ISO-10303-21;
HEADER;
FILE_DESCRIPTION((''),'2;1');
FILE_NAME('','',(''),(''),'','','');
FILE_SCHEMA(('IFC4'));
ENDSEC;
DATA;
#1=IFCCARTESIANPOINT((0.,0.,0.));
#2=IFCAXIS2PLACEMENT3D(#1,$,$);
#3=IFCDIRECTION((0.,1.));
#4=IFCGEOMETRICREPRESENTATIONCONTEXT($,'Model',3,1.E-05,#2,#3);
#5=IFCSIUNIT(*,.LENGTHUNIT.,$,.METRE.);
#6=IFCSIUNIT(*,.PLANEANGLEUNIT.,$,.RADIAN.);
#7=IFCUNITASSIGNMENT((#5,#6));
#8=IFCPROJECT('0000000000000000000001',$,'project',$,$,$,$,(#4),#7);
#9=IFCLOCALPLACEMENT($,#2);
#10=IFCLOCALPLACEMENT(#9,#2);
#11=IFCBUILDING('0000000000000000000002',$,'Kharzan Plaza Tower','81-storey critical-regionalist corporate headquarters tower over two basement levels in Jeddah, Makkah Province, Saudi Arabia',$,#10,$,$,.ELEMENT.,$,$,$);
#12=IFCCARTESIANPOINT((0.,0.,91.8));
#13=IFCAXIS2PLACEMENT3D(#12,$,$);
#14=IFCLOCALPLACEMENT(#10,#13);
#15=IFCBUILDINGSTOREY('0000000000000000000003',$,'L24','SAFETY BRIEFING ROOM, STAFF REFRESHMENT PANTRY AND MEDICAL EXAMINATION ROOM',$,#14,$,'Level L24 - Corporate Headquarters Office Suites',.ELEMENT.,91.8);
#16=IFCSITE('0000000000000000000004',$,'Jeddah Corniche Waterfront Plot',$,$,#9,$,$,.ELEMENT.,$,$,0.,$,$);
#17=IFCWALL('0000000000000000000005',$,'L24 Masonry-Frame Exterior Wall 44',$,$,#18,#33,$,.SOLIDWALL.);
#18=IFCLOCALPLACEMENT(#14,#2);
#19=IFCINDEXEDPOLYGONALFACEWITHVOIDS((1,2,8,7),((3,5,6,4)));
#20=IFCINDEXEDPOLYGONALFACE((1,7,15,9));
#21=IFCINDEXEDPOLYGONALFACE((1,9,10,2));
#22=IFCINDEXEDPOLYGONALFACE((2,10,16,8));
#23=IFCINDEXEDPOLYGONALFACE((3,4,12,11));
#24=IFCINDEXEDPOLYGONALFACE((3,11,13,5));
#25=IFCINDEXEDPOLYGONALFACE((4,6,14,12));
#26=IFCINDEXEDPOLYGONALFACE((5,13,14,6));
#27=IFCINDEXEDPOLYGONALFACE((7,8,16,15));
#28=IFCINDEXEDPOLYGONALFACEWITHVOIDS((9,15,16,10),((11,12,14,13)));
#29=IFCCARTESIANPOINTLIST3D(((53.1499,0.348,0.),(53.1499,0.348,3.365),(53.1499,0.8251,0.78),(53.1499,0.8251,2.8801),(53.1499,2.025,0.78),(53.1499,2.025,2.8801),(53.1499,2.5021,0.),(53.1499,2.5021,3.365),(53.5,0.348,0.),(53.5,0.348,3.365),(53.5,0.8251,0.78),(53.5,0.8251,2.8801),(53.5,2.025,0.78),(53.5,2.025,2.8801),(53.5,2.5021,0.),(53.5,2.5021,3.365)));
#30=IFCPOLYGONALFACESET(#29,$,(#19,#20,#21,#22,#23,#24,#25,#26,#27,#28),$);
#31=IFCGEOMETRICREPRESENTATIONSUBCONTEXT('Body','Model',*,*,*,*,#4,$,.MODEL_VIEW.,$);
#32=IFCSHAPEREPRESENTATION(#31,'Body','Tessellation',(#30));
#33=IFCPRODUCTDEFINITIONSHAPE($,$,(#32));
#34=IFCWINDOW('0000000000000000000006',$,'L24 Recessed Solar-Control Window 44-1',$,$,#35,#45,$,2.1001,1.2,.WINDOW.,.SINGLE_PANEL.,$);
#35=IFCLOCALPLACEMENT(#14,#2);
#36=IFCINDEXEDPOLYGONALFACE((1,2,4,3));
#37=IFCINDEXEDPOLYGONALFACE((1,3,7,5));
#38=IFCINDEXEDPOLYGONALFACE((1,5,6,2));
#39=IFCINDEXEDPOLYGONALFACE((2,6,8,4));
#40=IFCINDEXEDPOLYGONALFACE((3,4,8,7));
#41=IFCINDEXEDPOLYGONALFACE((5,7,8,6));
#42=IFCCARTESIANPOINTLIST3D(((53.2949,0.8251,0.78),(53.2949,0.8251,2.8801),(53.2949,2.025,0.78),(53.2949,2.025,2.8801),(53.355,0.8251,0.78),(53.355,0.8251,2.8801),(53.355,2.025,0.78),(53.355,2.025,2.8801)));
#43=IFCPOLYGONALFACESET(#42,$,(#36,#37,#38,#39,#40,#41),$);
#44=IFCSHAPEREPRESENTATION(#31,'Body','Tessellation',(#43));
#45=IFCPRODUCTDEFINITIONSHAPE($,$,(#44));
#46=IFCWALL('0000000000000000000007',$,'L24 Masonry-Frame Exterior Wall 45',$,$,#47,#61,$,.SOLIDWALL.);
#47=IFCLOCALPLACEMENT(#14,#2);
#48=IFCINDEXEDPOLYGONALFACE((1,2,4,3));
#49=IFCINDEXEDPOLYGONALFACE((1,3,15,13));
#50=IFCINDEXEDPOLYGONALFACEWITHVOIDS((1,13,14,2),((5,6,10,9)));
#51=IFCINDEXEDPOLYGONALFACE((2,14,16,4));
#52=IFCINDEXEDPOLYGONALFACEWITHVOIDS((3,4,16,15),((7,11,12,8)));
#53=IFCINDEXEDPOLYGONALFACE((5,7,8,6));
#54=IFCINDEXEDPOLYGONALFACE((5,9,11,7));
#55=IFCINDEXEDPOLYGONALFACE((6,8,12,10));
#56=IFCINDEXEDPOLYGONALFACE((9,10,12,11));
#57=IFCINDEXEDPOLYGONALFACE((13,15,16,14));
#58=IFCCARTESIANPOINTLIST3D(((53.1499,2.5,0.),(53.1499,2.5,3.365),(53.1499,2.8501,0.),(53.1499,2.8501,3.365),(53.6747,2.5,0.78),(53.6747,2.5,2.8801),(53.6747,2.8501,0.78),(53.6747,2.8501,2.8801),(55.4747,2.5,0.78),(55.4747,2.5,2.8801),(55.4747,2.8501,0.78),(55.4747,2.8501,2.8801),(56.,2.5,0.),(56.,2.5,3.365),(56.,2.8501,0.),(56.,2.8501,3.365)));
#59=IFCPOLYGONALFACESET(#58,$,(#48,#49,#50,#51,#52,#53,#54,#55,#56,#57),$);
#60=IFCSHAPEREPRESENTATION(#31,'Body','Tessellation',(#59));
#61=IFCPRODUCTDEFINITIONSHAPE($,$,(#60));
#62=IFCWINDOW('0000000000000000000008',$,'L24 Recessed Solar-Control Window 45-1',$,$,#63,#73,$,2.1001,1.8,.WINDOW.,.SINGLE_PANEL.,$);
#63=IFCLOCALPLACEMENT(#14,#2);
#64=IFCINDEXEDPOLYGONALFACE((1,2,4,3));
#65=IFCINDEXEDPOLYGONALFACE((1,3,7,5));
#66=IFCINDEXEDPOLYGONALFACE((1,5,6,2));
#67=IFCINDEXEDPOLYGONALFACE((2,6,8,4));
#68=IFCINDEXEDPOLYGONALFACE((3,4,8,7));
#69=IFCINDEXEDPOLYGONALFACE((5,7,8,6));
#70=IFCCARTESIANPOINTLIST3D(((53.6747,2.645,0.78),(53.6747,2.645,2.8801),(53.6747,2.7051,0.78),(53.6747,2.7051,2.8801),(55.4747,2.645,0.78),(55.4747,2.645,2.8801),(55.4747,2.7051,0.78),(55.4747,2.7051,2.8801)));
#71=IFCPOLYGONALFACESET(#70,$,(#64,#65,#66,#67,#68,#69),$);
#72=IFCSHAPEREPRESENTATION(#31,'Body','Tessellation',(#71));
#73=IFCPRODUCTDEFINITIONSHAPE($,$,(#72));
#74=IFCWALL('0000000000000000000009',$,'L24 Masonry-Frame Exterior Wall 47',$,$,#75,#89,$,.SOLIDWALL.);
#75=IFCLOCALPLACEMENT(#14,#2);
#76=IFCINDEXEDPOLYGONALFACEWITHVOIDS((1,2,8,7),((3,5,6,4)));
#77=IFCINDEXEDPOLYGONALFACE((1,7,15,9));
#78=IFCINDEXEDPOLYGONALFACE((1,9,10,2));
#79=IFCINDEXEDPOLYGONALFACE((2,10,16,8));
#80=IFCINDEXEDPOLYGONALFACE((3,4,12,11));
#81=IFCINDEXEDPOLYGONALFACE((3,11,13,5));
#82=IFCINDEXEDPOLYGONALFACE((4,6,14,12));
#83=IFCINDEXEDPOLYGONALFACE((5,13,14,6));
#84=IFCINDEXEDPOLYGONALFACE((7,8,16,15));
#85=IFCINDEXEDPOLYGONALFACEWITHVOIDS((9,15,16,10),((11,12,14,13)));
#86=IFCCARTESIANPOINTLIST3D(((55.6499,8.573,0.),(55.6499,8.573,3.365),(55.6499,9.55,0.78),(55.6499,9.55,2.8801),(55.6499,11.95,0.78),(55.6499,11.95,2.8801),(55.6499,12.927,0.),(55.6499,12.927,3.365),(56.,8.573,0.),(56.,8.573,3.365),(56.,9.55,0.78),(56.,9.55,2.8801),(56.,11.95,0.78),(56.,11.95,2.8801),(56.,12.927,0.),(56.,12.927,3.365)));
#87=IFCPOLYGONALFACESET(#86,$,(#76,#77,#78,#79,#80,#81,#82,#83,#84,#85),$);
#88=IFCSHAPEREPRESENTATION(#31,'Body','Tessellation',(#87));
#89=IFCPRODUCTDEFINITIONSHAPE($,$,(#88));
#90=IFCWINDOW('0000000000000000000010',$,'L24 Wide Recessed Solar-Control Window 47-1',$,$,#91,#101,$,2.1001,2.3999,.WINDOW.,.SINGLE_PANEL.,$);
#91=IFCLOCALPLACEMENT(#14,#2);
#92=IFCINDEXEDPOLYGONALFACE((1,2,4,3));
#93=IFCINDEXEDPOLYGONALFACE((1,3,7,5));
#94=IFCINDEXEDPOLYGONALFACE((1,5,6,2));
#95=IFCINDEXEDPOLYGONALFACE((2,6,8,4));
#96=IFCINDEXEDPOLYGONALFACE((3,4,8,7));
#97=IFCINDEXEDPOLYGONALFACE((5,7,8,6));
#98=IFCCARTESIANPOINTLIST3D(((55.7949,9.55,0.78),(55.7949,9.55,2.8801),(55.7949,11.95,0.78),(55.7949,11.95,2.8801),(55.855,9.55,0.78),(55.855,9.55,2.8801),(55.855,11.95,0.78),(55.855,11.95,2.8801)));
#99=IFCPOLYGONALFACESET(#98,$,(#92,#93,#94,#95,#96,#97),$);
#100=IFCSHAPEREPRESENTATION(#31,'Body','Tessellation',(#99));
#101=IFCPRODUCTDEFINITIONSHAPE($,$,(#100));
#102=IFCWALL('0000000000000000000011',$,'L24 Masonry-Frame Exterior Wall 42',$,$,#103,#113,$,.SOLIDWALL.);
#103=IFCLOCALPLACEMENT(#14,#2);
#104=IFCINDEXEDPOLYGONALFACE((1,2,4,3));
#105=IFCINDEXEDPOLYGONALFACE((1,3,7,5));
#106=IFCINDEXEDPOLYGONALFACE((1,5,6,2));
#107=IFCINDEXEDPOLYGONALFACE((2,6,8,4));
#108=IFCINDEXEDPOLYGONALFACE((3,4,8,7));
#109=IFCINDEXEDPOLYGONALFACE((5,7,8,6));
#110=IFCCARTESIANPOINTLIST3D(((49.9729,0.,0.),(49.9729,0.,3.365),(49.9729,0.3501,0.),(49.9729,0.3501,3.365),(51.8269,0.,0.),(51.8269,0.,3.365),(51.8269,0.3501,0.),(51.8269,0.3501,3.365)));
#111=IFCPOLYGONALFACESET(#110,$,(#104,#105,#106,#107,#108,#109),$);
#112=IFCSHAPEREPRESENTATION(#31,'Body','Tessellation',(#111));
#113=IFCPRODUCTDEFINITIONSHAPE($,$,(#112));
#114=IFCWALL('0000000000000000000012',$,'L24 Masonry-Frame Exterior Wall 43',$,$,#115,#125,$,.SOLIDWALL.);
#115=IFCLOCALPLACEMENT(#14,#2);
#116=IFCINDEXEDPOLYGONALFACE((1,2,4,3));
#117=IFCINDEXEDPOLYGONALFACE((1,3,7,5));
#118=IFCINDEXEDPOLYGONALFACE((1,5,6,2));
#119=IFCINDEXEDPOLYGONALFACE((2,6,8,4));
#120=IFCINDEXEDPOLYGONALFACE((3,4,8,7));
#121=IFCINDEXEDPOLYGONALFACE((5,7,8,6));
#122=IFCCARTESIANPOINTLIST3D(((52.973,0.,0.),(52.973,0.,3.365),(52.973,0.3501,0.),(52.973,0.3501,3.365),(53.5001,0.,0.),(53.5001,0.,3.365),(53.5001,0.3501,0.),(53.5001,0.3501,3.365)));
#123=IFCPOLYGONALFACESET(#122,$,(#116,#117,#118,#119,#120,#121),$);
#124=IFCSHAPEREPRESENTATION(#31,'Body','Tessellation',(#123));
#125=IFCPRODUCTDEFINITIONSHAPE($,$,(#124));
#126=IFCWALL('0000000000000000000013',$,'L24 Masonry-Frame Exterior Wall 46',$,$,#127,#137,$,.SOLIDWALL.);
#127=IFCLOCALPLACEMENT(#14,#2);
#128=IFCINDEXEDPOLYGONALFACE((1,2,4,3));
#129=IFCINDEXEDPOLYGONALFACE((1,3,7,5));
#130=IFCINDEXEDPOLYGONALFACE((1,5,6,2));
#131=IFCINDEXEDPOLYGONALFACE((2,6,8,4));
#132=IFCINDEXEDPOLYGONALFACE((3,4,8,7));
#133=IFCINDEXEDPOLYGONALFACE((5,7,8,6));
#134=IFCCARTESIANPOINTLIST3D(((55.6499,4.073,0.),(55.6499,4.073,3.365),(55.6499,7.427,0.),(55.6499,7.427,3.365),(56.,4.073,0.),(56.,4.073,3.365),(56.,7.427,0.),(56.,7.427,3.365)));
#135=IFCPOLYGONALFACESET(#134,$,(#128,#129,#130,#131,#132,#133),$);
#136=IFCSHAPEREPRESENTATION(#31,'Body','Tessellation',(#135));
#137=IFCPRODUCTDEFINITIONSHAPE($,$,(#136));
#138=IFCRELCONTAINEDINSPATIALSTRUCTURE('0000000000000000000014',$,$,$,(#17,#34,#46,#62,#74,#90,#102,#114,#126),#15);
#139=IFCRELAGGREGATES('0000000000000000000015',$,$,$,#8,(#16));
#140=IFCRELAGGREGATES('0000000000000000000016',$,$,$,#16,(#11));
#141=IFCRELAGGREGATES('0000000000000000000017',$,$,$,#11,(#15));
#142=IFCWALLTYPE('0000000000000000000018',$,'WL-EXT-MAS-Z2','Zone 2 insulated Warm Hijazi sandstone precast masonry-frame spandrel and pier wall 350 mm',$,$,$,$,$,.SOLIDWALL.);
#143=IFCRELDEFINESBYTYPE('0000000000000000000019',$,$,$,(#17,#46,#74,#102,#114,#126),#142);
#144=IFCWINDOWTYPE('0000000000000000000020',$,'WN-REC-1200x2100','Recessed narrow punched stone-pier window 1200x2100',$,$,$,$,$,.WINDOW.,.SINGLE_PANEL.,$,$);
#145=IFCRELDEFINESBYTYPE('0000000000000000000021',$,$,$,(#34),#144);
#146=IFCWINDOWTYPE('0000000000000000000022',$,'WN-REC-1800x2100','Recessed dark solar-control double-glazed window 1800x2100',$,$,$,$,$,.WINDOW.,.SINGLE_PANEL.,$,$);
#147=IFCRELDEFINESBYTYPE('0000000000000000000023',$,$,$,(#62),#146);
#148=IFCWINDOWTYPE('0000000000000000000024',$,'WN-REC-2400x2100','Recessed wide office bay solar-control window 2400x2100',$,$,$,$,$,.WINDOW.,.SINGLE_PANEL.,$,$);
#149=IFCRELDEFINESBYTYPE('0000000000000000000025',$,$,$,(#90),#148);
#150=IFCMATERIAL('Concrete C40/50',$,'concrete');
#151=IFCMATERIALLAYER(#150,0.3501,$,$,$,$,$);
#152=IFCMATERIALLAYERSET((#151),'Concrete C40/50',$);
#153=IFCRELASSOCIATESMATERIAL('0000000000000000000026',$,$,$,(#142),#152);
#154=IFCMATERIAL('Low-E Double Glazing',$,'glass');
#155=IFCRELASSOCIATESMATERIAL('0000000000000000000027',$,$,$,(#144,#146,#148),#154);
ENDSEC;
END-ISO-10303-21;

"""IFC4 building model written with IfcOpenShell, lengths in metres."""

from ifc_helpers import new_model, si_unit, direction, frame, frame_2d, origin, place, context, subcontext, project, spatial, rectangle, extrude, source, transform, mapped, material, layer, layer_set, type_object, element, fill, save


model = new_model("IFC4")

# Units and contexts
model_context = context("Model", 3, precision=1e-05, world=origin(), true_north=direction((0.0, 1.0)))
body_context = subcontext(model_context, "Body", "Model", "MODEL_VIEW")
ifc_project = project(units=[si_unit("LENGTHUNIT", "METRE"), si_unit("PLANEANGLEUNIT", "RADIAN")], contexts=[model_context])

# Site, building, storey
site_placement = place(None, origin())
site = spatial("IfcSite", under=ifc_project, at=site_placement, Name="Jeddah Corniche Waterfront Plot", CompositionType="ELEMENT", RefElevation=0.0)
building_placement = place(site_placement, origin())
building = spatial("IfcBuilding", under=site, at=building_placement, Name="Kharzan Plaza Tower", Description="81-storey critical-regionalist corporate headquarters tower over two basement levels in Jeddah, Makkah Province, Saudi Arabia", CompositionType="ELEMENT")
storey_placement = place(building_placement, frame((0.0, 0.0, 91.8)))
storey = spatial("IfcBuildingStorey", under=building, at=storey_placement, Name="L24", Description="SAFETY BRIEFING ROOM, STAFF REFRESHMENT PANTRY AND MEDICAL EXAMINATION ROOM", LongName="Level L24 - Corporate Headquarters Office Suites", CompositionType="ELEMENT", Elevation=91.8)

# Walls, openings, windows
ifc_material_1 = material(Name="Concrete C40/50", Category="concrete")
ifc_layer = layer(ifc_material_1, 0.3501)
ifc_layer_set = layer_set([ifc_layer], Name="Concrete C40/50")
wall_type = type_object("IfcWallType", Name="WL-EXT-MAS-Z2", Description="Zone 2 insulated Warm Hijazi sandstone precast masonry-frame spandrel and pier wall 350 mm", PredefinedType="SOLIDWALL", material=ifc_layer_set)
wall_1_placement = place(storey_placement, frame((53.325, 0.3479, 0.0), z_axis=(0.0, 0.0, 1.0), x_axis=(0.0, 1.0, 0.0)))
wall_1 = element("IfcWall", 1, at=wall_1_placement, inside=storey, type_object=wall_type, Name="L24 Masonry-Frame Exterior Wall 44", PredefinedType="SOLIDWALL", context=body_context, shape_type="SweptSolid", body=[
    extrude(rectangle(XDim=2.1541, YDim=0.3501, at=frame_2d((1.0771, 0.0))), origin(), (0.0, 0.0, 1.0), 3.365),
])
opening_1_placement = place(wall_1_placement, frame((0.4771, 0.0, 0.78)))
opening_1 = element("IfcOpeningElement", 2, at=opening_1_placement, cuts=wall_1, PredefinedType="OPENING", context=body_context, shape_type="SweptSolid", body=[
    extrude(rectangle(XDim=1.2, YDim=2.1001, at=frame_2d((0.6001, 1.05))), frame((0.0, 0.1851, 0.0), z_axis=(0.0, -1.0, 0.0), x_axis=(1.0, 0.0, 0.0)), (0.0, 0.0, 1.0), 0.3701),
])
ifc_material_2 = material(Name="Low-E Double Glazing", Category="glass")
window_type_1 = type_object("IfcWindowType", Name="WN-REC-1200x2100", Description="Recessed narrow punched stone-pier window 1200x2100", PartitioningType="SINGLE_PANEL", PredefinedType="WINDOW", material=ifc_material_2)
shared_shape_1 = source(origin(), body_context, "Body", "SweptSolid", [
    extrude(rectangle(XDim=1.2, YDim=2.1001, at=frame_2d((0.6001, 1.05))), frame((0.0, 0.03, 0.0), z_axis=(0.0, -1.0, 0.0), x_axis=(1.0, 0.0, 0.0)), (0.0, 0.0, 1.0), 0.0601),
])
window_1_placement = place(opening_1_placement, origin())
window_1 = element("IfcWindow", 3, at=window_1_placement, inside=storey, type_object=window_type_1, Name="L24 Recessed Solar-Control Window 44-1", OverallHeight=2.1001, OverallWidth=1.2, PartitioningType="SINGLE_PANEL", PredefinedType="WINDOW", context=body_context, shape_type="MappedRepresentation", body=[
    mapped(shared_shape_1, transform((0.0, 0.0, 0.0), x_axis=(1.0, 0.0, 0.0), y_axis=(0.0, 1.0, 0.0), z_axis=(0.0, 0.0, 1.0))),
])
fill(opening_1, window_1)
wall_2_placement = place(storey_placement, frame((53.1499, 2.675, 0.0), z_axis=(0.0, 0.0, 1.0), x_axis=(1.0, 0.0, 0.0)))
wall_2 = element("IfcWall", 4, at=wall_2_placement, inside=storey, type_object=wall_type, Name="L24 Masonry-Frame Exterior Wall 45", PredefinedType="SOLIDWALL", context=body_context, shape_type="SweptSolid", body=[
    extrude(rectangle(XDim=2.8501, YDim=0.3501, at=frame_2d((1.425, 0.0))), origin(), (0.0, 0.0, 1.0), 3.365),
])
opening_2_placement = place(wall_2_placement, frame((0.5249, 0.0, 0.78)))
opening_2 = element("IfcOpeningElement", 5, at=opening_2_placement, cuts=wall_2, PredefinedType="OPENING", context=body_context, shape_type="SweptSolid", body=[
    extrude(rectangle(XDim=1.8, YDim=2.1001, at=frame_2d((0.8999, 1.05))), frame((0.0, 0.1851, 0.0), z_axis=(0.0, -1.0, 0.0), x_axis=(1.0, 0.0, 0.0)), (0.0, 0.0, 1.0), 0.3701),
])
window_type_2 = type_object("IfcWindowType", Name="WN-REC-1800x2100", Description="Recessed dark solar-control double-glazed window 1800x2100", PartitioningType="SINGLE_PANEL", PredefinedType="WINDOW", material=ifc_material_2)
shared_shape_2 = source(origin(), body_context, "Body", "SweptSolid", [
    extrude(rectangle(XDim=1.8, YDim=2.1001, at=frame_2d((0.8999, 1.05))), frame((0.0, 0.03, 0.0), z_axis=(0.0, -1.0, 0.0), x_axis=(1.0, 0.0, 0.0)), (0.0, 0.0, 1.0), 0.0601),
])
window_2_placement = place(opening_2_placement, origin())
window_2 = element("IfcWindow", 6, at=window_2_placement, inside=storey, type_object=window_type_2, Name="L24 Recessed Solar-Control Window 45-1", OverallHeight=2.1001, OverallWidth=1.8, PartitioningType="SINGLE_PANEL", PredefinedType="WINDOW", context=body_context, shape_type="MappedRepresentation", body=[
    mapped(shared_shape_2, transform((0.0, 0.0, 0.0), x_axis=(1.0, 0.0, 0.0), y_axis=(0.0, 1.0, 0.0), z_axis=(0.0, 0.0, 1.0))),
])
fill(opening_2, window_2)
wall_3_placement = place(storey_placement, frame((55.825, 8.573, 0.0), z_axis=(0.0, 0.0, 1.0), x_axis=(0.0, 1.0, 0.0)))
wall_3 = element("IfcWall", 7, at=wall_3_placement, inside=storey, type_object=wall_type, Name="L24 Masonry-Frame Exterior Wall 47", PredefinedType="SOLIDWALL", context=body_context, shape_type="SweptSolid", body=[
    extrude(rectangle(XDim=4.354, YDim=0.3501, at=frame_2d((2.177, 0.0))), origin(), (0.0, 0.0, 1.0), 3.365),
])
opening_3_placement = place(wall_3_placement, frame((0.9771, 0.0, 0.78)))
opening_3 = element("IfcOpeningElement", 8, at=opening_3_placement, cuts=wall_3, PredefinedType="OPENING", context=body_context, shape_type="SweptSolid", body=[
    extrude(rectangle(XDim=2.3999, YDim=2.1001, at=frame_2d((1.2, 1.05))), frame((0.0, 0.1851, 0.0), z_axis=(0.0, -1.0, 0.0), x_axis=(1.0, 0.0, 0.0)), (0.0, 0.0, 1.0), 0.3701),
])
window_type_3 = type_object("IfcWindowType", Name="WN-REC-2400x2100", Description="Recessed wide office bay solar-control window 2400x2100", PartitioningType="SINGLE_PANEL", PredefinedType="WINDOW", material=ifc_material_2)
shared_shape_3 = source(origin(), body_context, "Body", "SweptSolid", [
    extrude(rectangle(XDim=2.3999, YDim=2.1001, at=frame_2d((1.2, 1.05))), frame((0.0, 0.03, 0.0), z_axis=(0.0, -1.0, 0.0), x_axis=(1.0, 0.0, 0.0)), (0.0, 0.0, 1.0), 0.0601),
])
window_3_placement = place(opening_3_placement, origin())
window_3 = element("IfcWindow", 9, at=window_3_placement, inside=storey, type_object=window_type_3, Name="L24 Wide Recessed Solar-Control Window 47-1", OverallHeight=2.1001, OverallWidth=2.3999, PartitioningType="SINGLE_PANEL", PredefinedType="WINDOW", context=body_context, shape_type="MappedRepresentation", body=[
    mapped(shared_shape_3, transform((0.0, 0.0, 0.0), x_axis=(1.0, 0.0, 0.0), y_axis=(0.0, 1.0, 0.0), z_axis=(0.0, 0.0, 1.0))),
])
fill(opening_3, window_3)

# Walls
shared_shape_4 = source(origin(), body_context, "Body", "SweptSolid", [
    extrude(rectangle(XDim=1.854, YDim=0.3501, at=frame_2d((0.927, 0.0))), origin(), (0.0, 0.0, 1.0), 3.365),
])
wall_4_placement = place(storey_placement, frame((49.9729, 0.175, 0.0), z_axis=(0.0, 0.0, 1.0), x_axis=(1.0, 0.0, 0.0)))
element("IfcWall", 10, at=wall_4_placement, inside=storey, type_object=wall_type, Name="L24 Masonry-Frame Exterior Wall 42", PredefinedType="SOLIDWALL", context=body_context, shape_type="MappedRepresentation", body=[
    mapped(shared_shape_4, transform((0.0, 0.0, 0.0), x_axis=(1.0, 0.0, 0.0), y_axis=(0.0, 1.0, 0.0), z_axis=(0.0, 0.0, 1.0))),
])
shared_shape_5 = source(origin(), body_context, "Body", "SweptSolid", [
    extrude(rectangle(XDim=0.5271, YDim=0.3501, at=frame_2d((0.2637, 0.0))), origin(), (0.0, 0.0, 1.0), 3.365),
])
wall_5_placement = place(storey_placement, frame((52.9729, 0.175, 0.0), z_axis=(0.0, 0.0, 1.0), x_axis=(1.0, 0.0, 0.0)))
element("IfcWall", 11, at=wall_5_placement, inside=storey, type_object=wall_type, Name="L24 Masonry-Frame Exterior Wall 43", PredefinedType="SOLIDWALL", context=body_context, shape_type="MappedRepresentation", body=[
    mapped(shared_shape_5, transform((0.0, 0.0, 0.0), x_axis=(1.0, 0.0, 0.0), y_axis=(0.0, 1.0, 0.0), z_axis=(0.0, 0.0, 1.0))),
])
shared_shape_6 = source(origin(), body_context, "Body", "SweptSolid", [
    extrude(rectangle(XDim=3.354, YDim=0.3501, at=frame_2d((1.677, 0.0))), origin(), (0.0, 0.0, 1.0), 3.365),
])
wall_6_placement = place(storey_placement, frame((55.825, 4.073, 0.0), z_axis=(0.0, 0.0, 1.0), x_axis=(0.0, 1.0, 0.0)))
element("IfcWall", 12, at=wall_6_placement, inside=storey, type_object=wall_type, Name="L24 Masonry-Frame Exterior Wall 46", PredefinedType="SOLIDWALL", context=body_context, shape_type="MappedRepresentation", body=[
    mapped(shared_shape_6, transform((0.0, 0.0, 0.0), x_axis=(1.0, 0.0, 0.0), y_axis=(0.0, 1.0, 0.0), z_axis=(0.0, 0.0, 1.0))),
])

save(model, "model.ifc")
